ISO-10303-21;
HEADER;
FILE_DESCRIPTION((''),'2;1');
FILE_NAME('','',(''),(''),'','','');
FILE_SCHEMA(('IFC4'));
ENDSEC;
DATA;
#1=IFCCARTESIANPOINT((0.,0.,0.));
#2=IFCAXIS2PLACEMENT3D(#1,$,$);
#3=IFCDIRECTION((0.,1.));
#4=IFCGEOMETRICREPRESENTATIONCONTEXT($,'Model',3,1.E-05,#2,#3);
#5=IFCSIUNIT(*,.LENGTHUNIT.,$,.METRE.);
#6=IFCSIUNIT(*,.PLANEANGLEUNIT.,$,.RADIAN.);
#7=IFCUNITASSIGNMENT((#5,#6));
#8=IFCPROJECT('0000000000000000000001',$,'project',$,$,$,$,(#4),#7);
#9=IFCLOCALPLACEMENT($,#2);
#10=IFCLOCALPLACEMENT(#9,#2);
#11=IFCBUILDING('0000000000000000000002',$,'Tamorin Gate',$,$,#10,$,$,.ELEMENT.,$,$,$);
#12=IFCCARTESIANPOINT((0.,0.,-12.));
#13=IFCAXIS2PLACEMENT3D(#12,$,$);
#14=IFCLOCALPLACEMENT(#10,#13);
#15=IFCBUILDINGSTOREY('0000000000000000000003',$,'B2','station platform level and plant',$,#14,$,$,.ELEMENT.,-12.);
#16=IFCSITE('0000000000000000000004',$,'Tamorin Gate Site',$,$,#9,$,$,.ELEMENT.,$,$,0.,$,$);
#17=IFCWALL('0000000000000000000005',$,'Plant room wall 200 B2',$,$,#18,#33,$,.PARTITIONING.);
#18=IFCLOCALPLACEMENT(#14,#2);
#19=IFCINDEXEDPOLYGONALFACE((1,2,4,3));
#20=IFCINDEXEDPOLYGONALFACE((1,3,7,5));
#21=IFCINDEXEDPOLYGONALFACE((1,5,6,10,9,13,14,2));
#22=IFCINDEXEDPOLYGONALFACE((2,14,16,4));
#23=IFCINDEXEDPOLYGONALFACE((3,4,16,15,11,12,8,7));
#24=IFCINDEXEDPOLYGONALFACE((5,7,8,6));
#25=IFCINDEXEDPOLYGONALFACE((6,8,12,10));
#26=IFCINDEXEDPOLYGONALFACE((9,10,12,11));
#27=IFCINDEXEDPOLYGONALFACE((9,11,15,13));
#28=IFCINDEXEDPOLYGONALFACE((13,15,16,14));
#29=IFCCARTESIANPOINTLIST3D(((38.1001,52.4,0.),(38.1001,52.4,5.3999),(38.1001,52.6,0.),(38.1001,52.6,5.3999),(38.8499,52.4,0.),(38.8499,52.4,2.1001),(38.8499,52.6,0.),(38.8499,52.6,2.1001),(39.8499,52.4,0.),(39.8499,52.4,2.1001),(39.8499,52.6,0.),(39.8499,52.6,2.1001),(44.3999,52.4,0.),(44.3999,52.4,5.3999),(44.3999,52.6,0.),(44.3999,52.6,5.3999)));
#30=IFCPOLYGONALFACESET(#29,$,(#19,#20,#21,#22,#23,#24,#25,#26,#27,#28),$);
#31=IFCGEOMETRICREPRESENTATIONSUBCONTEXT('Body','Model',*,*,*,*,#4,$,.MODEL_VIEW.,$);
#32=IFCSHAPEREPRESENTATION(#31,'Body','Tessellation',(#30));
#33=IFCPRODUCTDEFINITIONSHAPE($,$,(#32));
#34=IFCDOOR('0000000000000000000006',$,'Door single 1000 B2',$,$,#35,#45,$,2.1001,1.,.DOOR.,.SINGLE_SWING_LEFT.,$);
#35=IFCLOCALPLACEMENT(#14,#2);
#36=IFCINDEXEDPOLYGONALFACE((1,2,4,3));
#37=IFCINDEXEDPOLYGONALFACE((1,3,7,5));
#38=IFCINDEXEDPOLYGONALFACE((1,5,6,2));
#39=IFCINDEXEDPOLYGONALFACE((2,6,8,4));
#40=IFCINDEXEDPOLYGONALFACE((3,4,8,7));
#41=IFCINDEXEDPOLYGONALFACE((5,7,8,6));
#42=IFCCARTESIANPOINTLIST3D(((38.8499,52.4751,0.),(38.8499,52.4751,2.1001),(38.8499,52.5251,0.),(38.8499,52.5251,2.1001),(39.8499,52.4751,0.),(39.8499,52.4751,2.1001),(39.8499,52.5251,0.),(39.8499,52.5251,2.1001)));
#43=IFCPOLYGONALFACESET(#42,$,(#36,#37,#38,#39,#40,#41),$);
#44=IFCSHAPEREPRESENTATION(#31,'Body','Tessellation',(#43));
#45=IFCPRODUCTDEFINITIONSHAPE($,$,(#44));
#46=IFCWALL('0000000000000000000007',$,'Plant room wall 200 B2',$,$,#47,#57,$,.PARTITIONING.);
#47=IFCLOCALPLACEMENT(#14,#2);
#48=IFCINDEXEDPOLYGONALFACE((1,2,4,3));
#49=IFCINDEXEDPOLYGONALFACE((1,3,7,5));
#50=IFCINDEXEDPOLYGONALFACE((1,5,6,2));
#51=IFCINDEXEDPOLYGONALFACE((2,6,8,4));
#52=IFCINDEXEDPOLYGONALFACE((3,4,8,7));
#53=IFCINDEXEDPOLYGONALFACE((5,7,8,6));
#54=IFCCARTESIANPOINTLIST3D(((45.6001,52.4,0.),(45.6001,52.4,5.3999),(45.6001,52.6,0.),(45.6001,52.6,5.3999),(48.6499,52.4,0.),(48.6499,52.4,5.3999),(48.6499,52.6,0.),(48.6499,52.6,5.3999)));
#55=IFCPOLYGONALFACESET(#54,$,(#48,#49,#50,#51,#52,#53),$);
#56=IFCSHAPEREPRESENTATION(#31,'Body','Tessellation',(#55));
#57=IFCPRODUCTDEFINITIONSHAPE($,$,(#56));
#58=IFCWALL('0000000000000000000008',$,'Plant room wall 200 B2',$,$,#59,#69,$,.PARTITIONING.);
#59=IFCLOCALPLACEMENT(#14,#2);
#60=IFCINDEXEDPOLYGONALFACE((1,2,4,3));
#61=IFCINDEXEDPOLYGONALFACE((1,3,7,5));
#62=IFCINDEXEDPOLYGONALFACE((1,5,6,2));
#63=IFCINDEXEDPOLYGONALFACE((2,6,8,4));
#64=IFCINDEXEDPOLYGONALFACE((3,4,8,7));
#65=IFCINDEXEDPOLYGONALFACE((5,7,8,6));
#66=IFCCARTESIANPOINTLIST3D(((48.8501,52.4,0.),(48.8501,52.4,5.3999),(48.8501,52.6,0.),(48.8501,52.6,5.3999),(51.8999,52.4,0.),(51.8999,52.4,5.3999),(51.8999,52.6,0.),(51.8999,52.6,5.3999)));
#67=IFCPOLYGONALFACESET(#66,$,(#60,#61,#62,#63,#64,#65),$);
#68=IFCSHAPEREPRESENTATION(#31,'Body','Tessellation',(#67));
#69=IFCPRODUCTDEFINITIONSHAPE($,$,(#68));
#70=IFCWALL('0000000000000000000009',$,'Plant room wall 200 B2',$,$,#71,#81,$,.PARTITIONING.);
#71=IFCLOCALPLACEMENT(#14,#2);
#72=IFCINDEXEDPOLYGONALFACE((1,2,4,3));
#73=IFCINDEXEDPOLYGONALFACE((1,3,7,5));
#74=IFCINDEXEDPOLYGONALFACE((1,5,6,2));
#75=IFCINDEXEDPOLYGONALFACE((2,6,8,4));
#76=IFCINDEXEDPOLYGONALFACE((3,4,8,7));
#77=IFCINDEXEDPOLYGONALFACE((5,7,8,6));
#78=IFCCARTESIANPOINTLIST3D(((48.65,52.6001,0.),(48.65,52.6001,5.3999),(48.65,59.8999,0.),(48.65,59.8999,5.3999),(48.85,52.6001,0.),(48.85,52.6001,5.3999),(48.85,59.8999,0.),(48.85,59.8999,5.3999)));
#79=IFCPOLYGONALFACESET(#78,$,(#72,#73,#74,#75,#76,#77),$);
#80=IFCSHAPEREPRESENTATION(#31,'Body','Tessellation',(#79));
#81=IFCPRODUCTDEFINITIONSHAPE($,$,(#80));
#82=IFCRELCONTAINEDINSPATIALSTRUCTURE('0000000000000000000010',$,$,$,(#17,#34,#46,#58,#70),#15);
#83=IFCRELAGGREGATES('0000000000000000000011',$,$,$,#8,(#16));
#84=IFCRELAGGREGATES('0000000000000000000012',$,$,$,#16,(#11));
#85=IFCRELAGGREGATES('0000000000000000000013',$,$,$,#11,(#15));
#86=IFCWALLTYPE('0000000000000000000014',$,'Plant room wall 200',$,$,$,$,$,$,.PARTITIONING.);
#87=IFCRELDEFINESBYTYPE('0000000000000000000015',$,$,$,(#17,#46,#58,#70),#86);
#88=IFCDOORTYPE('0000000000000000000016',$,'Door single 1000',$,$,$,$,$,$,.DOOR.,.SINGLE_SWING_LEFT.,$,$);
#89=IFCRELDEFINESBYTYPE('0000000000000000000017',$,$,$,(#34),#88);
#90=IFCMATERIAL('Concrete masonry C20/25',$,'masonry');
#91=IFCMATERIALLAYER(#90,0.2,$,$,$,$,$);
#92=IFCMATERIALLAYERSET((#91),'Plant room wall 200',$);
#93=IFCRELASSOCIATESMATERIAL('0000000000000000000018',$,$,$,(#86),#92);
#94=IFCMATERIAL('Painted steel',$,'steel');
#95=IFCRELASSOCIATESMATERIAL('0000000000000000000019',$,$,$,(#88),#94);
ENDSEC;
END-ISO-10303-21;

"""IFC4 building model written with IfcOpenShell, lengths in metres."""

from ifc_helpers import new_model, si_unit, direction, frame, frame_2d, origin, place, context, subcontext, project, spatial, rectangle, extrude, material, layer, layer_set, type_object, element, fill, save


model = new_model("IFC4")

# Units and contexts
model_context = context("Model", 3, precision=1e-05, world=origin(), true_north=direction((0.0, 1.0)))
body_context = subcontext(model_context, "Body", "Model", "MODEL_VIEW")
ifc_project = project(units=[si_unit("LENGTHUNIT", "METRE"), si_unit("PLANEANGLEUNIT", "RADIAN")], contexts=[model_context])

# Site, building, storey
site_placement = place(None, origin())
site = spatial("IfcSite", under=ifc_project, at=site_placement, Name="Tamorin Gate Site", CompositionType="ELEMENT", RefElevation=0.0)
building_placement = place(site_placement, origin())
building = spatial("IfcBuilding", under=site, at=building_placement, Name="Tamorin Gate", CompositionType="ELEMENT")
storey_placement = place(building_placement, frame((0.0, 0.0, -12.0)))
storey = spatial("IfcBuildingStorey", under=building, at=storey_placement, Name="B2", Description="station platform level and plant", CompositionType="ELEMENT", Elevation=-12.0)

# Wall, opening, door
ifc_material_1 = material(Name="Concrete masonry C20/25", Category="masonry")
ifc_layer = layer(ifc_material_1, 0.2)
ifc_layer_set = layer_set([ifc_layer], Name="Plant room wall 200")
wall_type = type_object("IfcWallType", Name="Plant room wall 200", PredefinedType="PARTITIONING", material=ifc_layer_set)
wall_1_placement = place(storey_placement, frame((44.3999, 52.5, 0.0), z_axis=(0.0, 0.0, 1.0), x_axis=(-1.0, 0.0, 0.0)))
wall_1 = element("IfcWall", 1, at=wall_1_placement, inside=storey, type_object=wall_type, Name="Plant room wall 200 B2", PredefinedType="PARTITIONING", context=body_context, shape_type="SweptSolid", body=[
    extrude(rectangle(XDim=6.2998, YDim=0.2, at=frame_2d((3.1499, 0.0))), origin(), (0.0, 0.0, 1.0), 5.3999),
])
opening_placement = place(wall_1_placement, frame((4.55, 0.0, 0.0)))
opening = element("IfcOpeningElement", 2, at=opening_placement, cuts=wall_1, PredefinedType="OPENING", context=body_context, shape_type="SweptSolid", body=[
    extrude(rectangle(XDim=1.0, YDim=2.1001, at=frame_2d((0.5, 1.05))), frame((0.0, 0.1099, 0.0), z_axis=(0.0, -1.0, 0.0), x_axis=(1.0, 0.0, 0.0)), (0.0, 0.0, 1.0), 0.22),
])
ifc_material_2 = material(Name="Painted steel", Category="steel")
door_type = type_object("IfcDoorType", Name="Door single 1000", OperationType="SINGLE_SWING_LEFT", PredefinedType="DOOR", material=ifc_material_2)
door_placement = place(opening_placement, origin())
door = element("IfcDoor", 3, at=door_placement, inside=storey, type_object=door_type, Name="Door single 1000 B2", OperationType="SINGLE_SWING_LEFT", OverallHeight=2.1001, OverallWidth=1.0, PredefinedType="DOOR", context=body_context, shape_type="SweptSolid", body=[
    extrude(rectangle(XDim=1.0, YDim=2.1001, at=frame_2d((0.5, 1.05))), frame((0.0, 0.0249, 0.0), z_axis=(0.0, -1.0, 0.0), x_axis=(1.0, 0.0, 0.0)), (0.0, 0.0, 1.0), 0.05),
])
fill(opening, door)

# Walls
for number, where, z_axis, x_axis, name in (
    (4, (45.6001, 52.5, 0.0), (0.0, 0.0, 1.0), (1.0, 0.0, 0.0), "Plant room wall 200 B2"),
    (5, (48.8501, 52.5, 0.0), (0.0, 0.0, 1.0), (1.0, 0.0, 0.0), "Plant room wall 200 B2"),
):
    element("IfcWall", number, at=place(storey_placement, frame(where, z_axis=z_axis, x_axis=x_axis)), inside=storey, type_object=wall_type, Name=name, PredefinedType="PARTITIONING", context=body_context, shape_type="SweptSolid", body=[
        extrude(rectangle(XDim=3.0498, YDim=0.2, at=frame_2d((1.5249, 0.0))), origin(), (0.0, 0.0, 1.0), 5.3999),
    ])
wall_2_placement = place(storey_placement, frame((48.75, 52.6001, 0.0), z_axis=(0.0, 0.0, 1.0), x_axis=(0.0, 1.0, 0.0)))
element("IfcWall", 6, at=wall_2_placement, inside=storey, type_object=wall_type, Name="Plant room wall 200 B2", PredefinedType="PARTITIONING", context=body_context, shape_type="SweptSolid", body=[
    extrude(rectangle(XDim=7.2998, YDim=0.2, at=frame_2d((3.6499, 0.0))), origin(), (0.0, 0.0, 1.0), 5.3999),
])

save(model, "model.ifc")
